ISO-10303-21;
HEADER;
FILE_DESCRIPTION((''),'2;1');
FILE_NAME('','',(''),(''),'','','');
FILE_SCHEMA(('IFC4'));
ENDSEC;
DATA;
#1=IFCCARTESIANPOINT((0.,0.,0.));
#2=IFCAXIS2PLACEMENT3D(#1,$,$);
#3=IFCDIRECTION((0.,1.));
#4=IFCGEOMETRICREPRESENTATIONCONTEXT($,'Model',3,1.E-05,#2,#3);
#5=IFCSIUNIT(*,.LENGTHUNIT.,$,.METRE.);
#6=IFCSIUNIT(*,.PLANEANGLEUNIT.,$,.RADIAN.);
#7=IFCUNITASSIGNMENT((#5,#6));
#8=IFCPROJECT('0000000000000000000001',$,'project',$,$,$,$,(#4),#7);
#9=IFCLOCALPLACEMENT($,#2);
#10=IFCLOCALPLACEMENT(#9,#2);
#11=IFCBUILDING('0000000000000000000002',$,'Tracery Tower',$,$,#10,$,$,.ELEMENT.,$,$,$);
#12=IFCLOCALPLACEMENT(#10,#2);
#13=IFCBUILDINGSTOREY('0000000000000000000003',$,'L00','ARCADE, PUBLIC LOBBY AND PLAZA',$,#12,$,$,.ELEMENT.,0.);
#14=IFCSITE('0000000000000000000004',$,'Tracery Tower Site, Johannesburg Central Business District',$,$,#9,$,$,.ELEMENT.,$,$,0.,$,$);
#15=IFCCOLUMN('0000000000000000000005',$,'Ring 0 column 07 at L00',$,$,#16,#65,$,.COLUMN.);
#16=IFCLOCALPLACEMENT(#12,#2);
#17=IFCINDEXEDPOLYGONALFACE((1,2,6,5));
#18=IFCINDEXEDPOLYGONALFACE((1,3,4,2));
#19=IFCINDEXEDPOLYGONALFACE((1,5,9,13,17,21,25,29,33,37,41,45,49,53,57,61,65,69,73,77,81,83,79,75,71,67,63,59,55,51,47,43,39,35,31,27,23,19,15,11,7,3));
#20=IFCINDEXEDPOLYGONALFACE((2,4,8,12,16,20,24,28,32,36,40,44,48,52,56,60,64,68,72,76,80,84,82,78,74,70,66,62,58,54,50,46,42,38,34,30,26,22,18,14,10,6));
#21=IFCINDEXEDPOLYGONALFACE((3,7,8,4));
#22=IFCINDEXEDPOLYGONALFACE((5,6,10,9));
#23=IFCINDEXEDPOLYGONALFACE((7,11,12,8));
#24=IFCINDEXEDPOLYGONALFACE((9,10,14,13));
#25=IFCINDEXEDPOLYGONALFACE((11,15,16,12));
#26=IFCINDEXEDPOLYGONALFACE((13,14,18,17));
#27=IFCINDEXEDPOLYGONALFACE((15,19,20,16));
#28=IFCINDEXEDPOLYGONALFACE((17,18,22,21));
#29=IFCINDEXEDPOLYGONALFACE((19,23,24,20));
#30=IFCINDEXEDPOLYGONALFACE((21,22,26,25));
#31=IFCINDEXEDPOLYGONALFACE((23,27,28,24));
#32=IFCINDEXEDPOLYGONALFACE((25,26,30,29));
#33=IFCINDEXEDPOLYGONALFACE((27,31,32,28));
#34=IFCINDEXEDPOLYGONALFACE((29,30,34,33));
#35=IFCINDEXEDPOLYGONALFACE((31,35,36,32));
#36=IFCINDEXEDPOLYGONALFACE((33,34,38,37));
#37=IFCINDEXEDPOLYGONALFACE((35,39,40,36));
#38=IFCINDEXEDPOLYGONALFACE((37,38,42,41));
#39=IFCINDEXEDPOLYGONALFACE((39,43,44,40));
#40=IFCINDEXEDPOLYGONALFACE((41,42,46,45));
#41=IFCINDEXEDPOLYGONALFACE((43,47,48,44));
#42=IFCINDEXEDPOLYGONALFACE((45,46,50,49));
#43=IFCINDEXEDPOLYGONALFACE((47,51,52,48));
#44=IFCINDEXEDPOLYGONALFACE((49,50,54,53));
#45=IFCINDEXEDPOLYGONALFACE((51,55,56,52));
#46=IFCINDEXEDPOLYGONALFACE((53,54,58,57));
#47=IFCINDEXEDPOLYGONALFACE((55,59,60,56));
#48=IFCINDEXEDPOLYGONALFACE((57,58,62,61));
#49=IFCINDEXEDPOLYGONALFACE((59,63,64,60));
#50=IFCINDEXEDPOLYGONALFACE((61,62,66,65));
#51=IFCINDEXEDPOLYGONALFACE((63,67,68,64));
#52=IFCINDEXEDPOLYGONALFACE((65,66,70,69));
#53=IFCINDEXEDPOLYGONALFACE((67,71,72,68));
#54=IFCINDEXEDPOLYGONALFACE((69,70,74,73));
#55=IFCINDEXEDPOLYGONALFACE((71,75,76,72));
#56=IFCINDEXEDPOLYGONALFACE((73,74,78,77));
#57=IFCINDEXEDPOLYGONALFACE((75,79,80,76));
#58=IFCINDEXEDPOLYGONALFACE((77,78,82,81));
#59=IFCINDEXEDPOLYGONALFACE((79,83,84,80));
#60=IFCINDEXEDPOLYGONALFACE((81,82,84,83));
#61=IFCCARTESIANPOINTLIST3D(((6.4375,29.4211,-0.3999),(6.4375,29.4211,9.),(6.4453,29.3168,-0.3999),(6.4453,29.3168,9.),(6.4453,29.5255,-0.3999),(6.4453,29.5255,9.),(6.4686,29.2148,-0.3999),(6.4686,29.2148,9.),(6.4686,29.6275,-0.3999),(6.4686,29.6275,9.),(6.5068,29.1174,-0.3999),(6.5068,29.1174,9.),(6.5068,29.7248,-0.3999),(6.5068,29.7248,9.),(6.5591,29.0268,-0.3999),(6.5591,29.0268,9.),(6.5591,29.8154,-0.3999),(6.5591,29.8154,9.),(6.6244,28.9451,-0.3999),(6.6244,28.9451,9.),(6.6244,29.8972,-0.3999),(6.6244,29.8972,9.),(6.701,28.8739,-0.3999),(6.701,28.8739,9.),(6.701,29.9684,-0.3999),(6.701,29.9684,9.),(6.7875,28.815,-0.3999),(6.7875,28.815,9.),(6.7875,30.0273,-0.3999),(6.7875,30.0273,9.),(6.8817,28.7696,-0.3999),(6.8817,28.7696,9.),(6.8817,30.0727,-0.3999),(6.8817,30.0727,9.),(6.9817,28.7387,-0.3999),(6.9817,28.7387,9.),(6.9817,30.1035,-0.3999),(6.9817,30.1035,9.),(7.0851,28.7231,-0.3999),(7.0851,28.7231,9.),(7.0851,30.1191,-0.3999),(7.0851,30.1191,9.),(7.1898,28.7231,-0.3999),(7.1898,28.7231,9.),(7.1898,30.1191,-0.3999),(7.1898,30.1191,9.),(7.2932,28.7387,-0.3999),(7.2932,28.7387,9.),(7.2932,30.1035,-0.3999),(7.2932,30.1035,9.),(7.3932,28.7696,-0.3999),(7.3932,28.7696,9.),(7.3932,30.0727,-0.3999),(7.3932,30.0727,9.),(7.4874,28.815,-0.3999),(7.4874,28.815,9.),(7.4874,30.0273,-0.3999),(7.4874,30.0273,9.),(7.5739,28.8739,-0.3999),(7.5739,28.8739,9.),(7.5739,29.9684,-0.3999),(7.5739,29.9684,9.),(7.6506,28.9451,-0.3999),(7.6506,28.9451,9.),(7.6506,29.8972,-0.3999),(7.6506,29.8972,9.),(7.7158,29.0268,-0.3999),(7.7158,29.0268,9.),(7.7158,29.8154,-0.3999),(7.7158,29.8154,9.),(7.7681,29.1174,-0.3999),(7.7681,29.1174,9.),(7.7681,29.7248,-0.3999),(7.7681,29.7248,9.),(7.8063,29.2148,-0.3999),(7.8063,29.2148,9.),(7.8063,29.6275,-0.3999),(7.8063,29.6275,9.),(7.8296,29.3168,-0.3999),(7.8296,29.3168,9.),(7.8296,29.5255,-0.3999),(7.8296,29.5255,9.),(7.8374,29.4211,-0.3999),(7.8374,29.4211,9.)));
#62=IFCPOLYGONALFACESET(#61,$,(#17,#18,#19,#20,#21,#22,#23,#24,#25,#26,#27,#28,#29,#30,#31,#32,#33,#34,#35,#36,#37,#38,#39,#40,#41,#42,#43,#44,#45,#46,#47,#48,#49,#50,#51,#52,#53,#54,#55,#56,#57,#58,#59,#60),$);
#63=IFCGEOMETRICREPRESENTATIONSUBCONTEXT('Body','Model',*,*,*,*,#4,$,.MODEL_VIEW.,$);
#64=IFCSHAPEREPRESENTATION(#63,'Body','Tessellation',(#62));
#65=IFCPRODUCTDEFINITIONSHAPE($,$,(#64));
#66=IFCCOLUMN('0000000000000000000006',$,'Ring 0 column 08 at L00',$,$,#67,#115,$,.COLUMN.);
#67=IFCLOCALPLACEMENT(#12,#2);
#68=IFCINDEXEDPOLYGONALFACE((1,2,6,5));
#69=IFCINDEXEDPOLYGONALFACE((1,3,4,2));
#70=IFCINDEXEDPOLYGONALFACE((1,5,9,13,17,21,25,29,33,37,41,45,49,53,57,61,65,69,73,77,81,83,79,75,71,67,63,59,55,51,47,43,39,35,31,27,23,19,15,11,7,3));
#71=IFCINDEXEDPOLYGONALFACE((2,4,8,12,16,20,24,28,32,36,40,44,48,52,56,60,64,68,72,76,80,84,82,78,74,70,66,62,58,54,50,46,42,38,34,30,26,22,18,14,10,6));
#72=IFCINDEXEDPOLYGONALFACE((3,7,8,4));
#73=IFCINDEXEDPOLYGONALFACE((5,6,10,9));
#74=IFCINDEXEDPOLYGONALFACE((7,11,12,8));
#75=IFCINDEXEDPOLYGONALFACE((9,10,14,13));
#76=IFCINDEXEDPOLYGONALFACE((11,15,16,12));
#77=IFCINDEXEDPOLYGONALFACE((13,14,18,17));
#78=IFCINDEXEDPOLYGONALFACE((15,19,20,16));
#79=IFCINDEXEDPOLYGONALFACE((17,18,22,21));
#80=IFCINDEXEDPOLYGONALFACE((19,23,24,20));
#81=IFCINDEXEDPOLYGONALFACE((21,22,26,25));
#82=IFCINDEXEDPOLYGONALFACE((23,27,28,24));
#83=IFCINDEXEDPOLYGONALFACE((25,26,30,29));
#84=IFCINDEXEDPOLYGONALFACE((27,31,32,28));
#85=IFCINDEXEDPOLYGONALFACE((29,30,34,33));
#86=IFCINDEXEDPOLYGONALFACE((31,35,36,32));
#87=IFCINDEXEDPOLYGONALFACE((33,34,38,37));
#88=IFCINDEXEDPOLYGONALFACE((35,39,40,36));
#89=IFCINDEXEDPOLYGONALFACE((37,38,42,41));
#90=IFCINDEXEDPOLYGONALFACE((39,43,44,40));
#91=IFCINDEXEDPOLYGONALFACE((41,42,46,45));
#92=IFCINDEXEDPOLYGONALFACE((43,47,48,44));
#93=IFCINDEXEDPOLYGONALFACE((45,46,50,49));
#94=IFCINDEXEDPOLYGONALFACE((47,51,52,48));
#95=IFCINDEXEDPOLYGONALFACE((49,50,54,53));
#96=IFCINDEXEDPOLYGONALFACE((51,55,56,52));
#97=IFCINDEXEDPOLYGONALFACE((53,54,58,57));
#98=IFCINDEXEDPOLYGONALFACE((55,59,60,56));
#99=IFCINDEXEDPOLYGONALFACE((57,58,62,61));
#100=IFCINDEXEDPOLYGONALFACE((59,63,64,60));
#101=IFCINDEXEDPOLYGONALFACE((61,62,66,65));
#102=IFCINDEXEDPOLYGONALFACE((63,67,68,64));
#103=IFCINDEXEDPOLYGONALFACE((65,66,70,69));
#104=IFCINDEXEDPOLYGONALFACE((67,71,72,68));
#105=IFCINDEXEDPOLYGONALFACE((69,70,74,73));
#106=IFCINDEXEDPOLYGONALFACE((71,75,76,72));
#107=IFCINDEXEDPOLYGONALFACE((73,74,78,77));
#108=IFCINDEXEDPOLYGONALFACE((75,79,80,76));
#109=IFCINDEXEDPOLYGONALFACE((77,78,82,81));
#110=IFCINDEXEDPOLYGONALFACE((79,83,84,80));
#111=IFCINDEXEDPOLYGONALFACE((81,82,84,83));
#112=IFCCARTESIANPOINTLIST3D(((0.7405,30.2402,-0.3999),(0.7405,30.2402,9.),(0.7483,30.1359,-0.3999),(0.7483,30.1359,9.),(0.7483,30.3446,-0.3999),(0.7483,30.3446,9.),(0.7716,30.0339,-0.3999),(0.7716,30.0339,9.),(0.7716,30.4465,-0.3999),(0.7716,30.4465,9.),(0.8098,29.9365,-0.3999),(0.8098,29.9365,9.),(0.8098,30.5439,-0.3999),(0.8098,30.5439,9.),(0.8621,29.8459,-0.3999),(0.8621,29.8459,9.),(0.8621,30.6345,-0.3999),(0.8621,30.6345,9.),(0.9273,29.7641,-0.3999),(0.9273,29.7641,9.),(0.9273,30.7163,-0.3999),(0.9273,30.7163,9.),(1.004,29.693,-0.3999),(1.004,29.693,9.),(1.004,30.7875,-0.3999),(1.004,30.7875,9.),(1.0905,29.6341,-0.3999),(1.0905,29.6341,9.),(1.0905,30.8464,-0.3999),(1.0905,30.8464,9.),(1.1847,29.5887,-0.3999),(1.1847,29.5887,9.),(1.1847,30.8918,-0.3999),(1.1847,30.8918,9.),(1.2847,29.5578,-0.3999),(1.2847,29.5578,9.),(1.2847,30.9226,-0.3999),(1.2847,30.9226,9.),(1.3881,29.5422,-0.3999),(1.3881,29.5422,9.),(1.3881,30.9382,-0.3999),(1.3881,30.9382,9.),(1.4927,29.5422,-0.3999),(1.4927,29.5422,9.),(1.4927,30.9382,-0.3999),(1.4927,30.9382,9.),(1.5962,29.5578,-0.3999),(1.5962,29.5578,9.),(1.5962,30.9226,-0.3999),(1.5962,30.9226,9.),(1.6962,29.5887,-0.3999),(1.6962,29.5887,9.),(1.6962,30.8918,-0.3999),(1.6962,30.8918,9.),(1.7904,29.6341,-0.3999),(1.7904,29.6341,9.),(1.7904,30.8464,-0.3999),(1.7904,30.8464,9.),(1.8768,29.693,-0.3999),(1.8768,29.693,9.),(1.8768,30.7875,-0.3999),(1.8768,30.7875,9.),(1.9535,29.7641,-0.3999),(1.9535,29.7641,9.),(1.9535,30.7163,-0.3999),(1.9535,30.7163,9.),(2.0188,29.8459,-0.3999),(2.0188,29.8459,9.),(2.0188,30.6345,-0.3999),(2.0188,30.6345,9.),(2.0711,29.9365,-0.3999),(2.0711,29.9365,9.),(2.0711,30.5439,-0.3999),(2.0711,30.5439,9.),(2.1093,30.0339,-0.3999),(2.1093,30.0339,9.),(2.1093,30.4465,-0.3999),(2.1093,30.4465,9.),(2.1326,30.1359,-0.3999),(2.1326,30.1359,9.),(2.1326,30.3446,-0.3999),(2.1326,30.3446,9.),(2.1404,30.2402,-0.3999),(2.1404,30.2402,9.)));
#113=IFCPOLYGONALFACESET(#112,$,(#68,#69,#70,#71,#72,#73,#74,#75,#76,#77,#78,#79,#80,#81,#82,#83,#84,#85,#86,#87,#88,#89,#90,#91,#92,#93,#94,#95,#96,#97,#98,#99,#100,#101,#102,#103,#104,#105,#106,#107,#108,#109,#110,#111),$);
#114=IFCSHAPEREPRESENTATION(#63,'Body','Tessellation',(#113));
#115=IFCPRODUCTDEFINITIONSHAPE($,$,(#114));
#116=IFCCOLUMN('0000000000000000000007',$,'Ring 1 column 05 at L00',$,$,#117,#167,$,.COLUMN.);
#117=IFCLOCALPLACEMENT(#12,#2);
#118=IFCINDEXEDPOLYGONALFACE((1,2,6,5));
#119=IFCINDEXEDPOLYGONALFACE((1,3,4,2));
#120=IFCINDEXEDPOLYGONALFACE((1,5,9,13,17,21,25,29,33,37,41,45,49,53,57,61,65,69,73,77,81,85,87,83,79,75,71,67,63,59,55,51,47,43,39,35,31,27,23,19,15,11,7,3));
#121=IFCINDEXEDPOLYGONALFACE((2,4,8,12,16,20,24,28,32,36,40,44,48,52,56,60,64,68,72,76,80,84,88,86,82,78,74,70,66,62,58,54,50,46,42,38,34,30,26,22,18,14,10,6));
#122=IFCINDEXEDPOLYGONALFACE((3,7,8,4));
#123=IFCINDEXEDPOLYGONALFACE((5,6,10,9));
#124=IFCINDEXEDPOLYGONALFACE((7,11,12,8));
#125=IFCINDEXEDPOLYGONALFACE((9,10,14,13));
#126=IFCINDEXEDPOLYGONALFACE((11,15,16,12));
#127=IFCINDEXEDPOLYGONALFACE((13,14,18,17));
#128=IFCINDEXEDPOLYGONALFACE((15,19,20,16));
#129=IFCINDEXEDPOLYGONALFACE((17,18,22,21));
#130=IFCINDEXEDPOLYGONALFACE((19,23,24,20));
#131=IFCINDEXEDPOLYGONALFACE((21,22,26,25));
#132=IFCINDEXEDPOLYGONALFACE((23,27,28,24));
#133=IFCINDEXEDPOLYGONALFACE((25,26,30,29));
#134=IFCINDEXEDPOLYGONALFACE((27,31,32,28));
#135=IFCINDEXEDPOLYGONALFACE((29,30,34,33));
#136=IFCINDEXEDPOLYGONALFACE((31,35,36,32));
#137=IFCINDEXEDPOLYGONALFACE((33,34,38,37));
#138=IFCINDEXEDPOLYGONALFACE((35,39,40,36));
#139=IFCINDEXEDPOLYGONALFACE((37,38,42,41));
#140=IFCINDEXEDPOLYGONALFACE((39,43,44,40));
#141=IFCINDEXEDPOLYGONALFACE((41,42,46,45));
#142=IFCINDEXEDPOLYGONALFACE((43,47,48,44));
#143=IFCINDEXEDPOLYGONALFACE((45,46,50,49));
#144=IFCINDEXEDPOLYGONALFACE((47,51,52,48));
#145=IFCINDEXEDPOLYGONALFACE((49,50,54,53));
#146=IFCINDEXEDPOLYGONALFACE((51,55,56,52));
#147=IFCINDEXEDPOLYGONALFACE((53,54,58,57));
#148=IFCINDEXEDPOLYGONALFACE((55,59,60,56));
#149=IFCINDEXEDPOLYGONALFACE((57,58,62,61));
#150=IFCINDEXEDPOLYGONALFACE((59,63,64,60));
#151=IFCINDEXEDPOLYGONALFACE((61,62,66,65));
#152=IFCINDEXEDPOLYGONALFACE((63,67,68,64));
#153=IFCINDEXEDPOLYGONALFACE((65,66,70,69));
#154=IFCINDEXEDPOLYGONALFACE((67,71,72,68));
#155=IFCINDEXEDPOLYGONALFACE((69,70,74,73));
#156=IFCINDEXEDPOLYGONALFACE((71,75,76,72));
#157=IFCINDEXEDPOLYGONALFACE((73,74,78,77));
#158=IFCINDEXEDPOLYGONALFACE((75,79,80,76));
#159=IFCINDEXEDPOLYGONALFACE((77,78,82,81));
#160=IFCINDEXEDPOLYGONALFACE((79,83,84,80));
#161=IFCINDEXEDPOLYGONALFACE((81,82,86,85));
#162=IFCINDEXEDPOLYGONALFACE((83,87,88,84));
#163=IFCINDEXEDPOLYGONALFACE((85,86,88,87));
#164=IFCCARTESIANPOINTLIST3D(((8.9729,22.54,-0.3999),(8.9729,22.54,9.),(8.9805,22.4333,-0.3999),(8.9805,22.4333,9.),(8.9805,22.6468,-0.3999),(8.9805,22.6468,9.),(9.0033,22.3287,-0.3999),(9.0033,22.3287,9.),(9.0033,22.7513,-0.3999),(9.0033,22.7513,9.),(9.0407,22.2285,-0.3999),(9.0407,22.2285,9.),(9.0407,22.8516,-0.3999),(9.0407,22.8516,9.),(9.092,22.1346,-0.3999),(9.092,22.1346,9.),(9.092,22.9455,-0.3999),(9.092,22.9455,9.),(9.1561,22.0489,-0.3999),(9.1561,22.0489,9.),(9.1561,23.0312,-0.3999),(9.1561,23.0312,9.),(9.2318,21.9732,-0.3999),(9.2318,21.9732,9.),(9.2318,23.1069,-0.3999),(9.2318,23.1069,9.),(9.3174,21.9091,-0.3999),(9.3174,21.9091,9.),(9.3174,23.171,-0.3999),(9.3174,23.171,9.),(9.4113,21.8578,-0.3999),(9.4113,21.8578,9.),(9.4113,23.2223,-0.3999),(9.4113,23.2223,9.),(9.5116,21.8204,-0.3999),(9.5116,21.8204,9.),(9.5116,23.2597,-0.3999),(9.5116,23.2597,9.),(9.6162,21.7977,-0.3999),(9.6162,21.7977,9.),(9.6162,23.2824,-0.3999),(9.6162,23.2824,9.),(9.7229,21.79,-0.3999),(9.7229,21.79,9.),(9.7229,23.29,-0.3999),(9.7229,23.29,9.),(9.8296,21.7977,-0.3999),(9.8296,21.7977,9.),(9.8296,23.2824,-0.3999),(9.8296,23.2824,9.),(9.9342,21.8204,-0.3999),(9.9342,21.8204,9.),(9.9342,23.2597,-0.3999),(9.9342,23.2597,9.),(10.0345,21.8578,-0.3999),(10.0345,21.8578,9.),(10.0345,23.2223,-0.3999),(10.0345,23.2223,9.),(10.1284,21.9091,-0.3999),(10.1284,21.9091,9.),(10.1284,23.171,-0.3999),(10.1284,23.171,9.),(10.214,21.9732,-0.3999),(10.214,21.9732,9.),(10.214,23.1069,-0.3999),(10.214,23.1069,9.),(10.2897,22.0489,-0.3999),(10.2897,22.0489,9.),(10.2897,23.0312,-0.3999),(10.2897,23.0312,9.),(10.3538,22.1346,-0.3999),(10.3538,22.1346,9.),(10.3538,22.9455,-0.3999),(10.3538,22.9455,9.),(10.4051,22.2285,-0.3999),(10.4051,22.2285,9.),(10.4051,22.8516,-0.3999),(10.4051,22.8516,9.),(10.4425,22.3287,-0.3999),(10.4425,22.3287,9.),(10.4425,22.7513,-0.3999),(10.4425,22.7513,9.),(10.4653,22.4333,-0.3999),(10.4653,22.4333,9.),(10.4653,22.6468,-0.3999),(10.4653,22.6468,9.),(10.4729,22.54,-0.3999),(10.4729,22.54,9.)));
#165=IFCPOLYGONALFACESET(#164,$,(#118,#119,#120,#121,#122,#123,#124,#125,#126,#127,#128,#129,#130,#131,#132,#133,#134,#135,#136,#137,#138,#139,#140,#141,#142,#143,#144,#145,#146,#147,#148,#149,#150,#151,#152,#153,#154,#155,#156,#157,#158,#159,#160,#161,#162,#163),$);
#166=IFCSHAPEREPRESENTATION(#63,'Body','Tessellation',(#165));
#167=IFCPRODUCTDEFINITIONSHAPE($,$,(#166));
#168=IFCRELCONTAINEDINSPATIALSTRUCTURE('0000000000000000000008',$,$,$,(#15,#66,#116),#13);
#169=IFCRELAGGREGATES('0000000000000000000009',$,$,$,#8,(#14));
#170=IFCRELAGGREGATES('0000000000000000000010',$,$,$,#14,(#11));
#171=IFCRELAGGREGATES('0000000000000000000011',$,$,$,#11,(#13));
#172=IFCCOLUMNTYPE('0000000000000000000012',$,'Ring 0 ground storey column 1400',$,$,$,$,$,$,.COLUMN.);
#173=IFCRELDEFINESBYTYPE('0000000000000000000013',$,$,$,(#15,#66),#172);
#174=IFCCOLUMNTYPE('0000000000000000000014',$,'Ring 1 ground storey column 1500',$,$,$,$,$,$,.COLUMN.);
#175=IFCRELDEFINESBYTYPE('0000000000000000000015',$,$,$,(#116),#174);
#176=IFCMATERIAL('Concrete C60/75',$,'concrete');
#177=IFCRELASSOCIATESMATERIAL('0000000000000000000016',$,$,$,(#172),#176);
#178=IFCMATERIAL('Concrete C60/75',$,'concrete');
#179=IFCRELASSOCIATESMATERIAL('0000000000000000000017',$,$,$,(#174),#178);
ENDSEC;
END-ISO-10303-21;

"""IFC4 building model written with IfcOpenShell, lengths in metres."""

from ifc_helpers import new_model, si_unit, direction, frame, origin, origin_2d, place, context, subcontext, project, spatial, circle, extrude, material, material_profile, profile_set, type_object, element, save


model = new_model("IFC4")

# Units and contexts
model_context = context("Model", 3, precision=1e-05, world=origin(), true_north=direction((0.0, 1.0)))
body_context = subcontext(model_context, "Body", "Model", "MODEL_VIEW")
ifc_project = project(units=[si_unit("LENGTHUNIT", "METRE"), si_unit("PLANEANGLEUNIT", "RADIAN")], contexts=[model_context])

# Site, building, storey
site_placement = place(None, origin())
site = spatial("IfcSite", under=ifc_project, at=site_placement, Name="Tracery Tower Site, Johannesburg Central Business District", CompositionType="ELEMENT", RefElevation=0.0)
building_placement = place(site_placement, origin())
building = spatial("IfcBuilding", under=site, at=building_placement, Name="Tracery Tower", CompositionType="ELEMENT")
storey_placement = place(building_placement, origin())
storey = spatial("IfcBuildingStorey", under=building, at=storey_placement, Name="L00", Description="ARCADE, PUBLIC LOBBY AND PLAZA", CompositionType="ELEMENT", Elevation=0.0)

# Columns
ifc_material_1 = material(Name="Concrete C60/75", Category="concrete")
ifc_material_profile_1 = material_profile(ifc_material_1, circle(Radius=0.7, at=origin_2d()), Name="RC D1400")
ifc_profile_set_1 = profile_set([ifc_material_profile_1], Name="Concrete C60/75")
column_type_1 = type_object("IfcColumnType", Name="Ring 0 ground storey column 1400", PredefinedType="COLUMN", material=ifc_profile_set_1)
for number, where, z_axis, x_axis, name in (
    (1, (7.1375, 29.4211, -0.3999), (0.0, 0.0, 1.0), (1.0, 0.0, 0.0), "Ring 0 column 07 at L00"),
    (2, (1.4404, 30.2402, -0.3999), (0.0, 0.0, 1.0), (1.0, 0.0, 0.0), "Ring 0 column 08 at L00"),
):
    element("IfcColumn", number, at=place(storey_placement, frame(where, z_axis=z_axis, x_axis=x_axis)), inside=storey, type_object=column_type_1, Name=name, PredefinedType="COLUMN", context=body_context, shape_type="SweptSolid", body=[
        extrude(circle(Radius=0.7, at=origin_2d()), origin(), (0.0, 0.0, 1.0), 9.3999),
    ])
ifc_material_2 = material(Name="Concrete C60/75", Category="concrete")
ifc_material_profile_2 = material_profile(ifc_material_2, circle(Radius=0.75, at=origin_2d()), Name="RC D1500")
ifc_profile_set_2 = profile_set([ifc_material_profile_2], Name="Concrete C60/75")
column_type_2 = type_object("IfcColumnType", Name="Ring 1 ground storey column 1500", PredefinedType="COLUMN", material=ifc_profile_set_2)
for number, where, z_axis, x_axis, name in (
    (3, (9.7229, 22.54, -0.3999), (0.0, 0.0, 1.0), (1.0, 0.0, 0.0), "Ring 1 column 05 at L00"),
):
    element("IfcColumn", number, at=place(storey_placement, frame(where, z_axis=z_axis, x_axis=x_axis)), inside=storey, type_object=column_type_2, Name=name, PredefinedType="COLUMN", context=body_context, shape_type="SweptSolid", body=[
        extrude(circle(Radius=0.75, at=origin_2d()), origin(), (0.0, 0.0, 1.0), 9.3999),
    ])

save(model, "model.ifc")
